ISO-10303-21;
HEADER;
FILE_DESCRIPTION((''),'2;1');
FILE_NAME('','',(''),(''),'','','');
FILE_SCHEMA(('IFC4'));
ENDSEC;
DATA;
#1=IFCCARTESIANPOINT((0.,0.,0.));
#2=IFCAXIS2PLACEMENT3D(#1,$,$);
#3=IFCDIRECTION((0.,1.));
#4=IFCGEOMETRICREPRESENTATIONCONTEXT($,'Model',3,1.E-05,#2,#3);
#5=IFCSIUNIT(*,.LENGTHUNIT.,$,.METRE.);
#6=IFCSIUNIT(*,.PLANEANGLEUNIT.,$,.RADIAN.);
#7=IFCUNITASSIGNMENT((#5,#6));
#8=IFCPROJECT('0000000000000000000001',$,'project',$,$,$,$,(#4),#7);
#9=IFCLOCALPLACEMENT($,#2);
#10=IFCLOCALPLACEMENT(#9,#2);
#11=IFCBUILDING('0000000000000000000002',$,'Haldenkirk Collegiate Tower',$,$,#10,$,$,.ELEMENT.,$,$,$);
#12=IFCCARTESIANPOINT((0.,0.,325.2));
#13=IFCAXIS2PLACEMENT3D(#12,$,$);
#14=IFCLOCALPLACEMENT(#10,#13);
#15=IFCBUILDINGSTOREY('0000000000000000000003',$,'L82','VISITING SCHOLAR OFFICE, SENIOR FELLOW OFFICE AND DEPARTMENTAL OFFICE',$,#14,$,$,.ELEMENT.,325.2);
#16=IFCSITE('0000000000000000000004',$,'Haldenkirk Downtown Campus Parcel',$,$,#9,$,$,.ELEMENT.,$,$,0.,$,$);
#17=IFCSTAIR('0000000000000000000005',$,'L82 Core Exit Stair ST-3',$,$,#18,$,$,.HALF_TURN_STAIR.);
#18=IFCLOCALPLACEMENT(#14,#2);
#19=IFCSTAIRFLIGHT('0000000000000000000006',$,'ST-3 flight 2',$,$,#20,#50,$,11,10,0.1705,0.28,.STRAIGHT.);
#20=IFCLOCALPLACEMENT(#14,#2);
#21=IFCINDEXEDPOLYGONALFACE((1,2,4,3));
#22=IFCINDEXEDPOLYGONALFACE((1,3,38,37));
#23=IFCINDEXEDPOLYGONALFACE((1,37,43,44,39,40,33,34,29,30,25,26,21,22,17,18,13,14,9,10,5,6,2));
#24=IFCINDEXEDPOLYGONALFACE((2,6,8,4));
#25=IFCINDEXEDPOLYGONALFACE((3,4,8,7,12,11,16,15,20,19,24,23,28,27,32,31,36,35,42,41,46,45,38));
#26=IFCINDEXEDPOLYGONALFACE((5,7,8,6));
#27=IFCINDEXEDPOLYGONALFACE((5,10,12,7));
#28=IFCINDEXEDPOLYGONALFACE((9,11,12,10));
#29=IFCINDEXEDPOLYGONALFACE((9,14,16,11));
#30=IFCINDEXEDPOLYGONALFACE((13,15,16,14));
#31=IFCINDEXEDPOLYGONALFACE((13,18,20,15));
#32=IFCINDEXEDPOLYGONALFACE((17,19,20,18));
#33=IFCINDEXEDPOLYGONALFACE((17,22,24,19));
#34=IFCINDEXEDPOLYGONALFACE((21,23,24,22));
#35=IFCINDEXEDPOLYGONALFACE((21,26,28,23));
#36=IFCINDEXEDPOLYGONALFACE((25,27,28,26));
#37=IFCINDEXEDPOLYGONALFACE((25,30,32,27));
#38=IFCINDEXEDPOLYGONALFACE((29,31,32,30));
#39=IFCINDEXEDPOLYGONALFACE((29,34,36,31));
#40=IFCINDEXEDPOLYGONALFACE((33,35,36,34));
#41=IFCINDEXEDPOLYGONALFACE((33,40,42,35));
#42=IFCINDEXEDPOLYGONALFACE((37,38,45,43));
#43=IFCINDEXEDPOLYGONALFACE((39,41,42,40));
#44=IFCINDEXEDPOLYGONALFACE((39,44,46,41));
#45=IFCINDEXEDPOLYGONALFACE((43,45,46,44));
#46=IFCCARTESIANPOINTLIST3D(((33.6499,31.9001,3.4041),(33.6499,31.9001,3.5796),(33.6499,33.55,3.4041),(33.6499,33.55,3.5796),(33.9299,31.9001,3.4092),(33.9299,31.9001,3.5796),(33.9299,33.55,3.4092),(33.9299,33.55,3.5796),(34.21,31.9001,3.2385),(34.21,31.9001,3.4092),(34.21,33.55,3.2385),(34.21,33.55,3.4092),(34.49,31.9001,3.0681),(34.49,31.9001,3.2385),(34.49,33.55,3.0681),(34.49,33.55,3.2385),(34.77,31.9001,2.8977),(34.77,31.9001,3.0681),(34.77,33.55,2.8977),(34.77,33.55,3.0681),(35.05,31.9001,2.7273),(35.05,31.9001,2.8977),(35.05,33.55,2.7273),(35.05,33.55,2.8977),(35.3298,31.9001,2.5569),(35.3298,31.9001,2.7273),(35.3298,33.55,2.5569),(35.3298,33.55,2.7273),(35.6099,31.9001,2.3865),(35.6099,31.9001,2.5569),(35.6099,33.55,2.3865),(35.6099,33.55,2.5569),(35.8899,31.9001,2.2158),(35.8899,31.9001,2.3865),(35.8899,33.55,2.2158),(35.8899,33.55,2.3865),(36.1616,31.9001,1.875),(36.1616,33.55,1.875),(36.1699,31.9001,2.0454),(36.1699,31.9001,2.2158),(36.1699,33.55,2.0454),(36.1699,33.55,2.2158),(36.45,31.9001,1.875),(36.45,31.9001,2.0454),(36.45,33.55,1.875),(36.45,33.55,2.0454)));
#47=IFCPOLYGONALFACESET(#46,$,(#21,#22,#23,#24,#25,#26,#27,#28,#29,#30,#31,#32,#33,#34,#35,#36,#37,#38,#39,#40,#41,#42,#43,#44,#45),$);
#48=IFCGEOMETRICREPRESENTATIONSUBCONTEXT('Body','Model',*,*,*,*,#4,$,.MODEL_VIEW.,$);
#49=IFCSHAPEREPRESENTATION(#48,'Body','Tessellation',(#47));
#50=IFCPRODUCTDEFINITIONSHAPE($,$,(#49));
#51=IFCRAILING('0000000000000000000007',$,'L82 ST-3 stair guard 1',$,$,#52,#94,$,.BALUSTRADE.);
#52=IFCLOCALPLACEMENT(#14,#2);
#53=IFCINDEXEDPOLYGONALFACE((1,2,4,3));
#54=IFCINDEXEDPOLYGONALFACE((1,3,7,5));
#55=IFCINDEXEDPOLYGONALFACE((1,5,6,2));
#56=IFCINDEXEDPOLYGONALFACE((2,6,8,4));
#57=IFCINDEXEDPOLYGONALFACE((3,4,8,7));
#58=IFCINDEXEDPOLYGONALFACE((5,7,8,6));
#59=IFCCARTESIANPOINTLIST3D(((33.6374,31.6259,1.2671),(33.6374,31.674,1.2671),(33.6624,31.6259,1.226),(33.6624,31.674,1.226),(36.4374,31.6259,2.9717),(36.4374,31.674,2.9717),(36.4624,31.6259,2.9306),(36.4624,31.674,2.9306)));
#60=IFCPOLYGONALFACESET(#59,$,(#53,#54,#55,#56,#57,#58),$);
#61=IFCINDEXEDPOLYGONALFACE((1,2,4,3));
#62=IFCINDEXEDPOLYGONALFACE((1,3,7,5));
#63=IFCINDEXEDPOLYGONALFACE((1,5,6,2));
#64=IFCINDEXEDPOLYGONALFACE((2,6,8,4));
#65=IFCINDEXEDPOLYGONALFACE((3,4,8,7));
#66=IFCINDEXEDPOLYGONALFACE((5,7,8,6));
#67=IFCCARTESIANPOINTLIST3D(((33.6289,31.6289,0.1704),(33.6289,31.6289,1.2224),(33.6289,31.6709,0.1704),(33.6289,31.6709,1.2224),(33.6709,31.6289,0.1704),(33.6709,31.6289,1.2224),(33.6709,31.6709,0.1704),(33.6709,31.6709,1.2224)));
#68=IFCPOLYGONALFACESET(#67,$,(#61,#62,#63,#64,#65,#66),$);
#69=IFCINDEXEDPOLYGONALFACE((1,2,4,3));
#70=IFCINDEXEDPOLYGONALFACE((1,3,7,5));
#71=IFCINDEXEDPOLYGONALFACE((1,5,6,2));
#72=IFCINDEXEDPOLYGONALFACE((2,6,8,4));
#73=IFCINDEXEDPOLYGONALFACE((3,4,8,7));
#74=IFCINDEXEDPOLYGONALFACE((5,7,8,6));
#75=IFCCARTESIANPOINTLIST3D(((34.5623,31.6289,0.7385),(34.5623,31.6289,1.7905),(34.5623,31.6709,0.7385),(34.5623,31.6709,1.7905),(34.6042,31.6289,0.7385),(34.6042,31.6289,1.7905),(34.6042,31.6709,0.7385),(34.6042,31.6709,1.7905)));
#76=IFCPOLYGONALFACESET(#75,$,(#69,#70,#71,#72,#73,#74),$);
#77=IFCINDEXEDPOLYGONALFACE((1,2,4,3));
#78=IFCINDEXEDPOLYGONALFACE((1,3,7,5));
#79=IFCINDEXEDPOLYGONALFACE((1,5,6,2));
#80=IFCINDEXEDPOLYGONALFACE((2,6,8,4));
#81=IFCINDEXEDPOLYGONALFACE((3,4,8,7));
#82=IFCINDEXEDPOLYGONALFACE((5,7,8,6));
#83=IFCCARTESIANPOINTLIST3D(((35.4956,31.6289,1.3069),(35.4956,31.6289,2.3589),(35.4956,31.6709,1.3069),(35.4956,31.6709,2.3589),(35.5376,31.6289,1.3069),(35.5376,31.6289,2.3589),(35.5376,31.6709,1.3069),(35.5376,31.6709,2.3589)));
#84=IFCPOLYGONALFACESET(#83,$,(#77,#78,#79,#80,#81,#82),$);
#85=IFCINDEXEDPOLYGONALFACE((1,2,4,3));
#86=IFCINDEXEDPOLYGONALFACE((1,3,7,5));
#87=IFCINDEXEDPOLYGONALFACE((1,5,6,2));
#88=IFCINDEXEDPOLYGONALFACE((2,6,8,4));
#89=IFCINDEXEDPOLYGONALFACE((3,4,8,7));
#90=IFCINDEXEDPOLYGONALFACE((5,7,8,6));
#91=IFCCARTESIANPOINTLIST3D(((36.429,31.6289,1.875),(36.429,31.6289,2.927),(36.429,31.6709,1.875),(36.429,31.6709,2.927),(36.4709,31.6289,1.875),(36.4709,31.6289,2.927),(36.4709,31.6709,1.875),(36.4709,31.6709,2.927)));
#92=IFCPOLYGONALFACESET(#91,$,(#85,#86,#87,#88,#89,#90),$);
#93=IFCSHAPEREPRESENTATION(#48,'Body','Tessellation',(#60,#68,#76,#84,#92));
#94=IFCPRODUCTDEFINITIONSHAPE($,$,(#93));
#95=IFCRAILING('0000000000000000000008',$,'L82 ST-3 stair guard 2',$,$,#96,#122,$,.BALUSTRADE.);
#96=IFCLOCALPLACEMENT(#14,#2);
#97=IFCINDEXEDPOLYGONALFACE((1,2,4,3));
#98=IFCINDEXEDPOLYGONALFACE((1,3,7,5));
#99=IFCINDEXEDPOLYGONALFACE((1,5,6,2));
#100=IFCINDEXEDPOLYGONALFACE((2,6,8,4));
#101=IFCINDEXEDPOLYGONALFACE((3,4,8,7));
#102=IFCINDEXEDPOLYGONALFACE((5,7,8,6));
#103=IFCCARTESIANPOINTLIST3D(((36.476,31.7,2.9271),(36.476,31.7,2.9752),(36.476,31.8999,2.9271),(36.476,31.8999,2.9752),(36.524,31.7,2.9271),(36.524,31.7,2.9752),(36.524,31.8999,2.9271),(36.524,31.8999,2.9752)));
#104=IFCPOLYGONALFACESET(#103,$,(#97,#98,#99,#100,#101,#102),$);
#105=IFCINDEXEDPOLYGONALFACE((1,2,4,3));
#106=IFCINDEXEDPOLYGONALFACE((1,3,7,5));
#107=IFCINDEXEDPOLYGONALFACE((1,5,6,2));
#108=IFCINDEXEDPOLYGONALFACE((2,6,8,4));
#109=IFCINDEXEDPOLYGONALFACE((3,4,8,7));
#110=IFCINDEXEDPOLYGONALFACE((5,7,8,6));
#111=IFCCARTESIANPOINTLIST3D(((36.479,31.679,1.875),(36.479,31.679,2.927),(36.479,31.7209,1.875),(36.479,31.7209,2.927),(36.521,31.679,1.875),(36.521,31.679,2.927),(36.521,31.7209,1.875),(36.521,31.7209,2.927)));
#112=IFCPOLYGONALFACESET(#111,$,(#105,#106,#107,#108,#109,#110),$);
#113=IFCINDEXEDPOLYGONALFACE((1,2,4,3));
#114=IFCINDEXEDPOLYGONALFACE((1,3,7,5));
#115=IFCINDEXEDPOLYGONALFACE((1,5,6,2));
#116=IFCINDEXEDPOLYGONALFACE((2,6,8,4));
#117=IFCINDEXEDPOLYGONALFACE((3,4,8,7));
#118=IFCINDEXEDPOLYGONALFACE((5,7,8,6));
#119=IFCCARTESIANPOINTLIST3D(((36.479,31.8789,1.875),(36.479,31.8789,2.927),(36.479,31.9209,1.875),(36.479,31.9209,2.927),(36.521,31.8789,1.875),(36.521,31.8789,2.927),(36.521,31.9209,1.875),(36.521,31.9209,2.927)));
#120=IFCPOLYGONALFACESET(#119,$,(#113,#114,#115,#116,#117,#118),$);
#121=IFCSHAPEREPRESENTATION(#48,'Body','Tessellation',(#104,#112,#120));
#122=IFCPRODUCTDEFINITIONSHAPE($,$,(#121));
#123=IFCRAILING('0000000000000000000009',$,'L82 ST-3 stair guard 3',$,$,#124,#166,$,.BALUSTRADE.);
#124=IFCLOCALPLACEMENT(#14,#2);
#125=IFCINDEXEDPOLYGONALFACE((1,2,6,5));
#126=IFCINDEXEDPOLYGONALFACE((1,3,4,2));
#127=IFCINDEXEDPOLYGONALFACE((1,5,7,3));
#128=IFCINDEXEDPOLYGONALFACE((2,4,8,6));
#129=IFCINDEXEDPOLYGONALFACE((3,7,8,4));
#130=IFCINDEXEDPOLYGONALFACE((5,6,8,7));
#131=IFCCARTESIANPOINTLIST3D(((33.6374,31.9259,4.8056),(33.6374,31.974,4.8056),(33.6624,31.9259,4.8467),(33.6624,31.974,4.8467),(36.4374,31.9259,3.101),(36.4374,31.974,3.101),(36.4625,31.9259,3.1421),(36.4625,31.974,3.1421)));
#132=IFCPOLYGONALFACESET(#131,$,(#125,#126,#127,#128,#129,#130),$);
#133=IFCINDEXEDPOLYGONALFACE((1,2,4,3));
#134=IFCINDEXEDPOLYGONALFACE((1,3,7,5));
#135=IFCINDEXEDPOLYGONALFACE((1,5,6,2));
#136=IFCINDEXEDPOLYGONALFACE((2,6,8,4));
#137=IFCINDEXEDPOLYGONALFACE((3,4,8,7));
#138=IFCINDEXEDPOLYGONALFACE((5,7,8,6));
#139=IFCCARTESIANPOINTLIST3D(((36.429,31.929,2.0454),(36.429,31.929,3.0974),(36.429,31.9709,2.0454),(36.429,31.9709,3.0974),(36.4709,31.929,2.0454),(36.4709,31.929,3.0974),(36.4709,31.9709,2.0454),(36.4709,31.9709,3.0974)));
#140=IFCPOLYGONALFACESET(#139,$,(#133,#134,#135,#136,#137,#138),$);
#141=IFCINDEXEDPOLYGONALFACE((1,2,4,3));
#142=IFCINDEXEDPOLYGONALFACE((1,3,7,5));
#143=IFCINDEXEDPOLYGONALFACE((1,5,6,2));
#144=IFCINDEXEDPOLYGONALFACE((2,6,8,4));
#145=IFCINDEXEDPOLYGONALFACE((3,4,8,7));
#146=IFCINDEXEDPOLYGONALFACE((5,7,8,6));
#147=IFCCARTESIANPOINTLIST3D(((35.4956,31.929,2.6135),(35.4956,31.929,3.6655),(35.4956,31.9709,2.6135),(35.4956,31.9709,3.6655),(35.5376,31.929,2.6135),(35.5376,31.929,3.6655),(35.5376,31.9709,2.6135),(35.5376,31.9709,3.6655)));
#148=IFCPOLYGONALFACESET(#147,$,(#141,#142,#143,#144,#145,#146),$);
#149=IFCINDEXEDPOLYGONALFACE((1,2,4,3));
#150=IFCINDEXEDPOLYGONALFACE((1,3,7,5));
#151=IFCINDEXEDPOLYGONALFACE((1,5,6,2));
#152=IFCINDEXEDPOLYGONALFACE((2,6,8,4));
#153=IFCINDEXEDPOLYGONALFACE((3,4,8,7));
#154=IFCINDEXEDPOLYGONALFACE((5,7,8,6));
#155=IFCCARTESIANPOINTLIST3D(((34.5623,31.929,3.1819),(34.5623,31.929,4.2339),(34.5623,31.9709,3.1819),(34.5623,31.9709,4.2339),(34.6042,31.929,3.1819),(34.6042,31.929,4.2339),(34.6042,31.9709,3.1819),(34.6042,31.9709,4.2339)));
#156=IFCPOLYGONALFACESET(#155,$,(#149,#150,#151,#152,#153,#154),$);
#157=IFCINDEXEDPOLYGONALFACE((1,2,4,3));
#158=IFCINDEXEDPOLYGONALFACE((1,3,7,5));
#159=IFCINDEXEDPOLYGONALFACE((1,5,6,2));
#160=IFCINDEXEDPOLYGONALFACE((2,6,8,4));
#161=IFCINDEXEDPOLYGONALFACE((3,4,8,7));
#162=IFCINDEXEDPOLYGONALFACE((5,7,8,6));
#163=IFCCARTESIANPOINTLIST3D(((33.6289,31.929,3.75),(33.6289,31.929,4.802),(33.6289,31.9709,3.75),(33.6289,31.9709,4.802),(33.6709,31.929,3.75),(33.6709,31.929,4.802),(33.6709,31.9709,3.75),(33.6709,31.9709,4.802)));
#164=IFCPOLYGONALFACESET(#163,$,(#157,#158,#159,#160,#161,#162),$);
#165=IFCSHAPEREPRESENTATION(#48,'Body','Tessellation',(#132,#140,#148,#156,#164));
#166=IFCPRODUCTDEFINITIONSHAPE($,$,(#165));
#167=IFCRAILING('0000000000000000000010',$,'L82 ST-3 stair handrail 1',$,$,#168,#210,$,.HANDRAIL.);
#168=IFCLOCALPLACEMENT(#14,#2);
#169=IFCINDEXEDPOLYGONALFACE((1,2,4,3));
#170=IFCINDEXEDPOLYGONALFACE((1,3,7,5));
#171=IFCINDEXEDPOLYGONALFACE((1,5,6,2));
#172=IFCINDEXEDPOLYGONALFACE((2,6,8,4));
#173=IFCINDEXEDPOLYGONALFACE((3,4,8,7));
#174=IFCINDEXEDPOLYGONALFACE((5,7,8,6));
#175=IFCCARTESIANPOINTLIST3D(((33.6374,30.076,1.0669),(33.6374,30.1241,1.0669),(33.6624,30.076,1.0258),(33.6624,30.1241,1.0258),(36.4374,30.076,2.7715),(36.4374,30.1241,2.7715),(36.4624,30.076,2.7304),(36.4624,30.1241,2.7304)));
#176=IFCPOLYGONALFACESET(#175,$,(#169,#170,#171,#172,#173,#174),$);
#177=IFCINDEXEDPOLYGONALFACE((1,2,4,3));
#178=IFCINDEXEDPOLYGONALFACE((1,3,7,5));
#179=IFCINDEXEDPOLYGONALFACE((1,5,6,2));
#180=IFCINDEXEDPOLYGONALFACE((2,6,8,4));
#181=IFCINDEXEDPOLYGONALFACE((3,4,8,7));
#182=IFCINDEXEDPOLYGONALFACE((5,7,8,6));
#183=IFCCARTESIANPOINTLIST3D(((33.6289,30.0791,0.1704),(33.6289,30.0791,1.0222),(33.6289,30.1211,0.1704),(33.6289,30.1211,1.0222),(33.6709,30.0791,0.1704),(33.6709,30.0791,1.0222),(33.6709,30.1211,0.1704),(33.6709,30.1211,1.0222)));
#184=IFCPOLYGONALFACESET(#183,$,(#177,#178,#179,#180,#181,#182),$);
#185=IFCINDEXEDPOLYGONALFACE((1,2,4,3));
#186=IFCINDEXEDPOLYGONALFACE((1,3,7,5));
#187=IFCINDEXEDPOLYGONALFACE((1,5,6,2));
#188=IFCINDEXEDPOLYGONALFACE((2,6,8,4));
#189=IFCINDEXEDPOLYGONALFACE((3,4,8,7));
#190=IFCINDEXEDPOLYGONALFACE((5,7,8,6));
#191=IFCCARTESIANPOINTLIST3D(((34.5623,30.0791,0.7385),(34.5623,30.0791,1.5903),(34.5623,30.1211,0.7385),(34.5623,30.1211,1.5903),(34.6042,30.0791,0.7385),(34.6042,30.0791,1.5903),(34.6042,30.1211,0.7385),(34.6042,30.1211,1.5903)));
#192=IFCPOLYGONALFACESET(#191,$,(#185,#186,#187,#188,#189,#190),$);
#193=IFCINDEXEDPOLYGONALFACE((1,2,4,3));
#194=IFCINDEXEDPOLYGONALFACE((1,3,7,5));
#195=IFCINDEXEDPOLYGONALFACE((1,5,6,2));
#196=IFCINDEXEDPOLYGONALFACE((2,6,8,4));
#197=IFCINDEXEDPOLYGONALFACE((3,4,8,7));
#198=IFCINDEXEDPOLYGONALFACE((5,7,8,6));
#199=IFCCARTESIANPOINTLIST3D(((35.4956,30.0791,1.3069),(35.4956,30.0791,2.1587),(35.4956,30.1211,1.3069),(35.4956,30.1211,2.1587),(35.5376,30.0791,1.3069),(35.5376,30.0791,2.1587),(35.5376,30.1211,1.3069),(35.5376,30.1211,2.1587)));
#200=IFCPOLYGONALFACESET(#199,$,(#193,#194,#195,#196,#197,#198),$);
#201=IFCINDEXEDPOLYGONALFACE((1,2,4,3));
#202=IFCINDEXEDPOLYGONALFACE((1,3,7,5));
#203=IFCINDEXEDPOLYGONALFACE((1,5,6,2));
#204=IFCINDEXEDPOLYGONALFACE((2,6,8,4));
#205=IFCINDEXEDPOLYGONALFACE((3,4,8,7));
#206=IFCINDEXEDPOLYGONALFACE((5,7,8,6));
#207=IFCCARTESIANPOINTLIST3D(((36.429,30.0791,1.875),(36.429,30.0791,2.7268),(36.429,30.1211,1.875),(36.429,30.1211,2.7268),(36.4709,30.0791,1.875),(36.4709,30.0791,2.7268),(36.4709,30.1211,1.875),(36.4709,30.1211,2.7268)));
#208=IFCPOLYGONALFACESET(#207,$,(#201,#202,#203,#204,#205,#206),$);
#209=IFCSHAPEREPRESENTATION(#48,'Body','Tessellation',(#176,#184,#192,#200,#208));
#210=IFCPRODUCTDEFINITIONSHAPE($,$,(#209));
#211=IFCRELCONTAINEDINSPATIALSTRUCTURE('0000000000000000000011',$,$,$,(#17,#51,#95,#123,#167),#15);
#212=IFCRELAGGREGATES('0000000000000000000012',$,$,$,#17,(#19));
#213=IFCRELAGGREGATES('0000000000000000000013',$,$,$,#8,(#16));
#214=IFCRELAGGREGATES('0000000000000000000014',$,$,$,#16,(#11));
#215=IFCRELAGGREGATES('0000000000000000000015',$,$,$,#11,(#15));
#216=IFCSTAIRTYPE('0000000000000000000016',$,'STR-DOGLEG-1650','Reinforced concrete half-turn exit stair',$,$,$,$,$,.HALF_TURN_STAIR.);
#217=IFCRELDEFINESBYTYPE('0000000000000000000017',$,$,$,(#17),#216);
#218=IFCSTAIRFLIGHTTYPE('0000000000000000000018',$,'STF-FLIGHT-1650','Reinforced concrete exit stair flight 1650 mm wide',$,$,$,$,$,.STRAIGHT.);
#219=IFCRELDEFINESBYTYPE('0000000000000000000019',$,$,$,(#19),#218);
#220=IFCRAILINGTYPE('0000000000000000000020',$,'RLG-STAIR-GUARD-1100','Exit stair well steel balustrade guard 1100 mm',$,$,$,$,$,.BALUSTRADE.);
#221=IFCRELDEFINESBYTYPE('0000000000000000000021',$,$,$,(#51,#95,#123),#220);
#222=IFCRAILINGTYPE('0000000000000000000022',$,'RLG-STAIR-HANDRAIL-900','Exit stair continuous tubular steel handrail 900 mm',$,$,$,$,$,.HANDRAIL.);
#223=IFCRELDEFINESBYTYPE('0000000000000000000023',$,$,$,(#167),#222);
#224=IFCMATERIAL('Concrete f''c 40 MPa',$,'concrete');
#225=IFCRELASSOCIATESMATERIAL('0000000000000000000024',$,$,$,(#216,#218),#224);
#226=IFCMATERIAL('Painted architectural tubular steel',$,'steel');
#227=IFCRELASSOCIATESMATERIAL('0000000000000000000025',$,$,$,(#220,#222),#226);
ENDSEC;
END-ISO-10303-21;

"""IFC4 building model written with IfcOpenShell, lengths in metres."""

from ifc_helpers import new_model, si_unit, direction, frame, origin, origin_2d, place, context, subcontext, project, spatial, polyline, rectangle, outline, extrude, material, type_object, element, aggregate, save


model = new_model("IFC4")

# Units and contexts
model_context = context("Model", 3, precision=1e-05, world=origin(), true_north=direction((0.0, 1.0)))
body_context = subcontext(model_context, "Body", "Model", "MODEL_VIEW")
ifc_project = project(units=[si_unit("LENGTHUNIT", "METRE"), si_unit("PLANEANGLEUNIT", "RADIAN")], contexts=[model_context])

# Site, building, storey
site_placement = place(None, origin())
site = spatial("IfcSite", under=ifc_project, at=site_placement, Name="Haldenkirk Downtown Campus Parcel", CompositionType="ELEMENT", RefElevation=0.0)
building_placement = place(site_placement, origin())
building = spatial("IfcBuilding", under=site, at=building_placement, Name="Haldenkirk Collegiate Tower", CompositionType="ELEMENT")
storey_placement = place(building_placement, frame((0.0, 0.0, 325.2)))
storey = spatial("IfcBuildingStorey", under=building, at=storey_placement, Name="L82", Description="VISITING SCHOLAR OFFICE, SENIOR FELLOW OFFICE AND DEPARTMENTAL OFFICE", CompositionType="ELEMENT", Elevation=325.2)

# Stair, stair flight
ifc_material_1 = material(Name="Concrete f'c 40 MPa", Category="concrete")
stair_type = type_object("IfcStairType", Name="STR-DOGLEG-1650", Description="Reinforced concrete half-turn exit stair", PredefinedType="HALF_TURN_STAIR", material=ifc_material_1)
stair_placement = place(storey_placement, origin())
stair = element("IfcStair", 1, at=stair_placement, inside=storey, type_object=stair_type, Name="L82 Core Exit Stair ST-3", PredefinedType="HALF_TURN_STAIR")
stair_flight_type = type_object("IfcStairFlightType", Name="STF-FLIGHT-1650", Description="Reinforced concrete exit stair flight 1650 mm wide", PredefinedType="STRAIGHT", material=ifc_material_1)
stair_flight_1_placement = place(storey_placement, frame((36.45, 32.7251, 1.875), z_axis=(0.0, 0.0, 1.0), x_axis=(-1.0, 0.0, 0.0)))
stair_flight_1 = element("IfcStairFlight", 2, at=stair_flight_1_placement, type_object=stair_flight_type, Name="ST-3 flight 2", NumberOfRisers=11, NumberOfTreads=10, PredefinedType="STRAIGHT", RiserHeight=0.1705, TreadLength=0.28, context=body_context, shape_type="SweptSolid", body=[
    extrude(outline(polyline([(0.0, 0.0), (0.0, 0.1704), (0.28, 0.1704), (0.28, 0.3408), (0.5601, 0.3408), (0.5601, 0.5115), (0.8401, 0.5115), (0.8401, 0.6819), (1.1201, 0.6819), (1.1201, 0.8523), (1.3999, 0.8523), (1.3999, 1.0227), (1.6799, 1.0227), (1.6799, 1.1931), (1.96, 1.1931), (1.96, 1.3635), (2.24, 1.3635), (2.24, 1.5342), (2.52, 1.5342), (2.52, 1.7046), (2.8, 1.7046), (2.8, 1.875), (2.8, 1.5291), (0.2883, 0.0), (0.0, 0.0)])), frame((0.0, 0.825, 0.0), z_axis=(0.0, -1.0, 0.0), x_axis=(1.0, 0.0, 0.0)), (0.0, 0.0, 1.0), 1.6499),
])
aggregate(stair, [stair_flight_1])

# Railings
ifc_material_2 = material(Name="Painted architectural tubular steel", Category="steel")
railing_type_1 = type_object("IfcRailingType", Name="RLG-STAIR-GUARD-1100", Description="Exit stair well steel balustrade guard 1100 mm", PredefinedType="BALUSTRADE", material=ifc_material_2)
railing_1_placement = place(storey_placement, frame((33.6499, 31.6499, 0.1704)))
element("IfcRailing", 3, at=railing_1_placement, inside=storey, type_object=railing_type_1, Name="L82 ST-3 stair guard 1", PredefinedType="BALUSTRADE", context=body_context, shape_type="SweptSolid", body=[
    extrude(rectangle(XDim=0.0481, YDim=0.0481, at=origin_2d()), frame((0.0, 0.0, 1.0762), z_axis=(0.85417, 0.0, 0.519994), x_axis=(0.0, 1.0, 0.0)), (0.0, 0.0, 1.0), 3.2781),
    extrude(rectangle(XDim=0.042, YDim=0.042, at=origin_2d()), origin(), (0.0, 0.0, 1.0), 1.052),
    extrude(rectangle(XDim=0.042, YDim=0.042, at=origin_2d()), frame((0.9333, 0.0, 0.5681)), (0.0, 0.0, 1.0), 1.052),
    extrude(rectangle(XDim=0.042, YDim=0.042, at=origin_2d()), frame((1.8667, 0.0, 1.1365)), (0.0, 0.0, 1.0), 1.052),
    extrude(rectangle(XDim=0.042, YDim=0.042, at=origin_2d()), frame((2.8, 0.0, 1.7046)), (0.0, 0.0, 1.0), 1.052),
])
railing_2_placement = place(storey_placement, frame((36.5, 31.7, 1.875)))
element("IfcRailing", 4, at=railing_2_placement, inside=storey, type_object=railing_type_1, Name="L82 ST-3 stair guard 2", PredefinedType="BALUSTRADE", context=body_context, shape_type="SweptSolid", body=[
    extrude(rectangle(XDim=0.0481, YDim=0.0481, at=origin_2d()), frame((0.0, 0.0, 1.0762), z_axis=(0.0, 1.0, 0.0), x_axis=(-1.0, 0.0, 0.0)), (0.0, 0.0, 1.0), 0.2),
    extrude(rectangle(XDim=0.042, YDim=0.042, at=origin_2d()), origin(), (0.0, 0.0, 1.0), 1.052),
    extrude(rectangle(XDim=0.042, YDim=0.042, at=origin_2d()), frame((0.0, 0.2, 0.0)), (0.0, 0.0, 1.0), 1.052),
])
railing_3_placement = place(storey_placement, frame((36.45, 31.95, 2.0454)))
element("IfcRailing", 5, at=railing_3_placement, inside=storey, type_object=railing_type_1, Name="L82 ST-3 stair guard 3", PredefinedType="BALUSTRADE", context=body_context, shape_type="SweptSolid", body=[
    extrude(rectangle(XDim=0.0481, YDim=0.0481, at=origin_2d()), frame((0.0, 0.0, 1.0762), z_axis=(-0.85417, 0.0, 0.519994), x_axis=(0.0, -1.0, 0.0)), (0.0, 0.0, 1.0), 3.2781),
    extrude(rectangle(XDim=0.042, YDim=0.042, at=origin_2d()), origin(), (0.0, 0.0, 1.0), 1.052),
    extrude(rectangle(XDim=0.042, YDim=0.042, at=origin_2d()), frame((-0.9333, 0.0, 0.5681)), (0.0, 0.0, 1.0), 1.052),
    extrude(rectangle(XDim=0.042, YDim=0.042, at=origin_2d()), frame((-1.8667, 0.0, 1.1365)), (0.0, 0.0, 1.0), 1.052),
    extrude(rectangle(XDim=0.042, YDim=0.042, at=origin_2d()), frame((-2.8, 0.0, 1.7046)), (0.0, 0.0, 1.0), 1.052),
])
railing_type_2 = type_object("IfcRailingType", Name="RLG-STAIR-HANDRAIL-900", Description="Exit stair continuous tubular steel handrail 900 mm", PredefinedType="HANDRAIL", material=ifc_material_2)
railing_4_placement = place(storey_placement, frame((33.6499, 30.1001, 0.1704)))
element("IfcRailing", 6, at=railing_4_placement, inside=storey, type_object=railing_type_2, Name="L82 ST-3 stair handrail 1", PredefinedType="HANDRAIL", context=body_context, shape_type="SweptSolid", body=[
    extrude(rectangle(XDim=0.0481, YDim=0.0481, at=origin_2d()), frame((0.0, 0.0, 0.876), z_axis=(0.85417, 0.0, 0.519994), x_axis=(0.0, 1.0, 0.0)), (0.0, 0.0, 1.0), 3.2781),
    extrude(rectangle(XDim=0.042, YDim=0.042, at=origin_2d()), origin(), (0.0, 0.0, 1.0), 0.8518),
    extrude(rectangle(XDim=0.042, YDim=0.042, at=origin_2d()), frame((0.9333, 0.0, 0.5681)), (0.0, 0.0, 1.0), 0.8518),
    extrude(rectangle(XDim=0.042, YDim=0.042, at=origin_2d()), frame((1.8667, 0.0, 1.1365)), (0.0, 0.0, 1.0), 0.8518),
    extrude(rectangle(XDim=0.042, YDim=0.042, at=origin_2d()), frame((2.8, 0.0, 1.7046)), (0.0, 0.0, 1.0), 0.8518),
])

save(model, "model.ifc")
